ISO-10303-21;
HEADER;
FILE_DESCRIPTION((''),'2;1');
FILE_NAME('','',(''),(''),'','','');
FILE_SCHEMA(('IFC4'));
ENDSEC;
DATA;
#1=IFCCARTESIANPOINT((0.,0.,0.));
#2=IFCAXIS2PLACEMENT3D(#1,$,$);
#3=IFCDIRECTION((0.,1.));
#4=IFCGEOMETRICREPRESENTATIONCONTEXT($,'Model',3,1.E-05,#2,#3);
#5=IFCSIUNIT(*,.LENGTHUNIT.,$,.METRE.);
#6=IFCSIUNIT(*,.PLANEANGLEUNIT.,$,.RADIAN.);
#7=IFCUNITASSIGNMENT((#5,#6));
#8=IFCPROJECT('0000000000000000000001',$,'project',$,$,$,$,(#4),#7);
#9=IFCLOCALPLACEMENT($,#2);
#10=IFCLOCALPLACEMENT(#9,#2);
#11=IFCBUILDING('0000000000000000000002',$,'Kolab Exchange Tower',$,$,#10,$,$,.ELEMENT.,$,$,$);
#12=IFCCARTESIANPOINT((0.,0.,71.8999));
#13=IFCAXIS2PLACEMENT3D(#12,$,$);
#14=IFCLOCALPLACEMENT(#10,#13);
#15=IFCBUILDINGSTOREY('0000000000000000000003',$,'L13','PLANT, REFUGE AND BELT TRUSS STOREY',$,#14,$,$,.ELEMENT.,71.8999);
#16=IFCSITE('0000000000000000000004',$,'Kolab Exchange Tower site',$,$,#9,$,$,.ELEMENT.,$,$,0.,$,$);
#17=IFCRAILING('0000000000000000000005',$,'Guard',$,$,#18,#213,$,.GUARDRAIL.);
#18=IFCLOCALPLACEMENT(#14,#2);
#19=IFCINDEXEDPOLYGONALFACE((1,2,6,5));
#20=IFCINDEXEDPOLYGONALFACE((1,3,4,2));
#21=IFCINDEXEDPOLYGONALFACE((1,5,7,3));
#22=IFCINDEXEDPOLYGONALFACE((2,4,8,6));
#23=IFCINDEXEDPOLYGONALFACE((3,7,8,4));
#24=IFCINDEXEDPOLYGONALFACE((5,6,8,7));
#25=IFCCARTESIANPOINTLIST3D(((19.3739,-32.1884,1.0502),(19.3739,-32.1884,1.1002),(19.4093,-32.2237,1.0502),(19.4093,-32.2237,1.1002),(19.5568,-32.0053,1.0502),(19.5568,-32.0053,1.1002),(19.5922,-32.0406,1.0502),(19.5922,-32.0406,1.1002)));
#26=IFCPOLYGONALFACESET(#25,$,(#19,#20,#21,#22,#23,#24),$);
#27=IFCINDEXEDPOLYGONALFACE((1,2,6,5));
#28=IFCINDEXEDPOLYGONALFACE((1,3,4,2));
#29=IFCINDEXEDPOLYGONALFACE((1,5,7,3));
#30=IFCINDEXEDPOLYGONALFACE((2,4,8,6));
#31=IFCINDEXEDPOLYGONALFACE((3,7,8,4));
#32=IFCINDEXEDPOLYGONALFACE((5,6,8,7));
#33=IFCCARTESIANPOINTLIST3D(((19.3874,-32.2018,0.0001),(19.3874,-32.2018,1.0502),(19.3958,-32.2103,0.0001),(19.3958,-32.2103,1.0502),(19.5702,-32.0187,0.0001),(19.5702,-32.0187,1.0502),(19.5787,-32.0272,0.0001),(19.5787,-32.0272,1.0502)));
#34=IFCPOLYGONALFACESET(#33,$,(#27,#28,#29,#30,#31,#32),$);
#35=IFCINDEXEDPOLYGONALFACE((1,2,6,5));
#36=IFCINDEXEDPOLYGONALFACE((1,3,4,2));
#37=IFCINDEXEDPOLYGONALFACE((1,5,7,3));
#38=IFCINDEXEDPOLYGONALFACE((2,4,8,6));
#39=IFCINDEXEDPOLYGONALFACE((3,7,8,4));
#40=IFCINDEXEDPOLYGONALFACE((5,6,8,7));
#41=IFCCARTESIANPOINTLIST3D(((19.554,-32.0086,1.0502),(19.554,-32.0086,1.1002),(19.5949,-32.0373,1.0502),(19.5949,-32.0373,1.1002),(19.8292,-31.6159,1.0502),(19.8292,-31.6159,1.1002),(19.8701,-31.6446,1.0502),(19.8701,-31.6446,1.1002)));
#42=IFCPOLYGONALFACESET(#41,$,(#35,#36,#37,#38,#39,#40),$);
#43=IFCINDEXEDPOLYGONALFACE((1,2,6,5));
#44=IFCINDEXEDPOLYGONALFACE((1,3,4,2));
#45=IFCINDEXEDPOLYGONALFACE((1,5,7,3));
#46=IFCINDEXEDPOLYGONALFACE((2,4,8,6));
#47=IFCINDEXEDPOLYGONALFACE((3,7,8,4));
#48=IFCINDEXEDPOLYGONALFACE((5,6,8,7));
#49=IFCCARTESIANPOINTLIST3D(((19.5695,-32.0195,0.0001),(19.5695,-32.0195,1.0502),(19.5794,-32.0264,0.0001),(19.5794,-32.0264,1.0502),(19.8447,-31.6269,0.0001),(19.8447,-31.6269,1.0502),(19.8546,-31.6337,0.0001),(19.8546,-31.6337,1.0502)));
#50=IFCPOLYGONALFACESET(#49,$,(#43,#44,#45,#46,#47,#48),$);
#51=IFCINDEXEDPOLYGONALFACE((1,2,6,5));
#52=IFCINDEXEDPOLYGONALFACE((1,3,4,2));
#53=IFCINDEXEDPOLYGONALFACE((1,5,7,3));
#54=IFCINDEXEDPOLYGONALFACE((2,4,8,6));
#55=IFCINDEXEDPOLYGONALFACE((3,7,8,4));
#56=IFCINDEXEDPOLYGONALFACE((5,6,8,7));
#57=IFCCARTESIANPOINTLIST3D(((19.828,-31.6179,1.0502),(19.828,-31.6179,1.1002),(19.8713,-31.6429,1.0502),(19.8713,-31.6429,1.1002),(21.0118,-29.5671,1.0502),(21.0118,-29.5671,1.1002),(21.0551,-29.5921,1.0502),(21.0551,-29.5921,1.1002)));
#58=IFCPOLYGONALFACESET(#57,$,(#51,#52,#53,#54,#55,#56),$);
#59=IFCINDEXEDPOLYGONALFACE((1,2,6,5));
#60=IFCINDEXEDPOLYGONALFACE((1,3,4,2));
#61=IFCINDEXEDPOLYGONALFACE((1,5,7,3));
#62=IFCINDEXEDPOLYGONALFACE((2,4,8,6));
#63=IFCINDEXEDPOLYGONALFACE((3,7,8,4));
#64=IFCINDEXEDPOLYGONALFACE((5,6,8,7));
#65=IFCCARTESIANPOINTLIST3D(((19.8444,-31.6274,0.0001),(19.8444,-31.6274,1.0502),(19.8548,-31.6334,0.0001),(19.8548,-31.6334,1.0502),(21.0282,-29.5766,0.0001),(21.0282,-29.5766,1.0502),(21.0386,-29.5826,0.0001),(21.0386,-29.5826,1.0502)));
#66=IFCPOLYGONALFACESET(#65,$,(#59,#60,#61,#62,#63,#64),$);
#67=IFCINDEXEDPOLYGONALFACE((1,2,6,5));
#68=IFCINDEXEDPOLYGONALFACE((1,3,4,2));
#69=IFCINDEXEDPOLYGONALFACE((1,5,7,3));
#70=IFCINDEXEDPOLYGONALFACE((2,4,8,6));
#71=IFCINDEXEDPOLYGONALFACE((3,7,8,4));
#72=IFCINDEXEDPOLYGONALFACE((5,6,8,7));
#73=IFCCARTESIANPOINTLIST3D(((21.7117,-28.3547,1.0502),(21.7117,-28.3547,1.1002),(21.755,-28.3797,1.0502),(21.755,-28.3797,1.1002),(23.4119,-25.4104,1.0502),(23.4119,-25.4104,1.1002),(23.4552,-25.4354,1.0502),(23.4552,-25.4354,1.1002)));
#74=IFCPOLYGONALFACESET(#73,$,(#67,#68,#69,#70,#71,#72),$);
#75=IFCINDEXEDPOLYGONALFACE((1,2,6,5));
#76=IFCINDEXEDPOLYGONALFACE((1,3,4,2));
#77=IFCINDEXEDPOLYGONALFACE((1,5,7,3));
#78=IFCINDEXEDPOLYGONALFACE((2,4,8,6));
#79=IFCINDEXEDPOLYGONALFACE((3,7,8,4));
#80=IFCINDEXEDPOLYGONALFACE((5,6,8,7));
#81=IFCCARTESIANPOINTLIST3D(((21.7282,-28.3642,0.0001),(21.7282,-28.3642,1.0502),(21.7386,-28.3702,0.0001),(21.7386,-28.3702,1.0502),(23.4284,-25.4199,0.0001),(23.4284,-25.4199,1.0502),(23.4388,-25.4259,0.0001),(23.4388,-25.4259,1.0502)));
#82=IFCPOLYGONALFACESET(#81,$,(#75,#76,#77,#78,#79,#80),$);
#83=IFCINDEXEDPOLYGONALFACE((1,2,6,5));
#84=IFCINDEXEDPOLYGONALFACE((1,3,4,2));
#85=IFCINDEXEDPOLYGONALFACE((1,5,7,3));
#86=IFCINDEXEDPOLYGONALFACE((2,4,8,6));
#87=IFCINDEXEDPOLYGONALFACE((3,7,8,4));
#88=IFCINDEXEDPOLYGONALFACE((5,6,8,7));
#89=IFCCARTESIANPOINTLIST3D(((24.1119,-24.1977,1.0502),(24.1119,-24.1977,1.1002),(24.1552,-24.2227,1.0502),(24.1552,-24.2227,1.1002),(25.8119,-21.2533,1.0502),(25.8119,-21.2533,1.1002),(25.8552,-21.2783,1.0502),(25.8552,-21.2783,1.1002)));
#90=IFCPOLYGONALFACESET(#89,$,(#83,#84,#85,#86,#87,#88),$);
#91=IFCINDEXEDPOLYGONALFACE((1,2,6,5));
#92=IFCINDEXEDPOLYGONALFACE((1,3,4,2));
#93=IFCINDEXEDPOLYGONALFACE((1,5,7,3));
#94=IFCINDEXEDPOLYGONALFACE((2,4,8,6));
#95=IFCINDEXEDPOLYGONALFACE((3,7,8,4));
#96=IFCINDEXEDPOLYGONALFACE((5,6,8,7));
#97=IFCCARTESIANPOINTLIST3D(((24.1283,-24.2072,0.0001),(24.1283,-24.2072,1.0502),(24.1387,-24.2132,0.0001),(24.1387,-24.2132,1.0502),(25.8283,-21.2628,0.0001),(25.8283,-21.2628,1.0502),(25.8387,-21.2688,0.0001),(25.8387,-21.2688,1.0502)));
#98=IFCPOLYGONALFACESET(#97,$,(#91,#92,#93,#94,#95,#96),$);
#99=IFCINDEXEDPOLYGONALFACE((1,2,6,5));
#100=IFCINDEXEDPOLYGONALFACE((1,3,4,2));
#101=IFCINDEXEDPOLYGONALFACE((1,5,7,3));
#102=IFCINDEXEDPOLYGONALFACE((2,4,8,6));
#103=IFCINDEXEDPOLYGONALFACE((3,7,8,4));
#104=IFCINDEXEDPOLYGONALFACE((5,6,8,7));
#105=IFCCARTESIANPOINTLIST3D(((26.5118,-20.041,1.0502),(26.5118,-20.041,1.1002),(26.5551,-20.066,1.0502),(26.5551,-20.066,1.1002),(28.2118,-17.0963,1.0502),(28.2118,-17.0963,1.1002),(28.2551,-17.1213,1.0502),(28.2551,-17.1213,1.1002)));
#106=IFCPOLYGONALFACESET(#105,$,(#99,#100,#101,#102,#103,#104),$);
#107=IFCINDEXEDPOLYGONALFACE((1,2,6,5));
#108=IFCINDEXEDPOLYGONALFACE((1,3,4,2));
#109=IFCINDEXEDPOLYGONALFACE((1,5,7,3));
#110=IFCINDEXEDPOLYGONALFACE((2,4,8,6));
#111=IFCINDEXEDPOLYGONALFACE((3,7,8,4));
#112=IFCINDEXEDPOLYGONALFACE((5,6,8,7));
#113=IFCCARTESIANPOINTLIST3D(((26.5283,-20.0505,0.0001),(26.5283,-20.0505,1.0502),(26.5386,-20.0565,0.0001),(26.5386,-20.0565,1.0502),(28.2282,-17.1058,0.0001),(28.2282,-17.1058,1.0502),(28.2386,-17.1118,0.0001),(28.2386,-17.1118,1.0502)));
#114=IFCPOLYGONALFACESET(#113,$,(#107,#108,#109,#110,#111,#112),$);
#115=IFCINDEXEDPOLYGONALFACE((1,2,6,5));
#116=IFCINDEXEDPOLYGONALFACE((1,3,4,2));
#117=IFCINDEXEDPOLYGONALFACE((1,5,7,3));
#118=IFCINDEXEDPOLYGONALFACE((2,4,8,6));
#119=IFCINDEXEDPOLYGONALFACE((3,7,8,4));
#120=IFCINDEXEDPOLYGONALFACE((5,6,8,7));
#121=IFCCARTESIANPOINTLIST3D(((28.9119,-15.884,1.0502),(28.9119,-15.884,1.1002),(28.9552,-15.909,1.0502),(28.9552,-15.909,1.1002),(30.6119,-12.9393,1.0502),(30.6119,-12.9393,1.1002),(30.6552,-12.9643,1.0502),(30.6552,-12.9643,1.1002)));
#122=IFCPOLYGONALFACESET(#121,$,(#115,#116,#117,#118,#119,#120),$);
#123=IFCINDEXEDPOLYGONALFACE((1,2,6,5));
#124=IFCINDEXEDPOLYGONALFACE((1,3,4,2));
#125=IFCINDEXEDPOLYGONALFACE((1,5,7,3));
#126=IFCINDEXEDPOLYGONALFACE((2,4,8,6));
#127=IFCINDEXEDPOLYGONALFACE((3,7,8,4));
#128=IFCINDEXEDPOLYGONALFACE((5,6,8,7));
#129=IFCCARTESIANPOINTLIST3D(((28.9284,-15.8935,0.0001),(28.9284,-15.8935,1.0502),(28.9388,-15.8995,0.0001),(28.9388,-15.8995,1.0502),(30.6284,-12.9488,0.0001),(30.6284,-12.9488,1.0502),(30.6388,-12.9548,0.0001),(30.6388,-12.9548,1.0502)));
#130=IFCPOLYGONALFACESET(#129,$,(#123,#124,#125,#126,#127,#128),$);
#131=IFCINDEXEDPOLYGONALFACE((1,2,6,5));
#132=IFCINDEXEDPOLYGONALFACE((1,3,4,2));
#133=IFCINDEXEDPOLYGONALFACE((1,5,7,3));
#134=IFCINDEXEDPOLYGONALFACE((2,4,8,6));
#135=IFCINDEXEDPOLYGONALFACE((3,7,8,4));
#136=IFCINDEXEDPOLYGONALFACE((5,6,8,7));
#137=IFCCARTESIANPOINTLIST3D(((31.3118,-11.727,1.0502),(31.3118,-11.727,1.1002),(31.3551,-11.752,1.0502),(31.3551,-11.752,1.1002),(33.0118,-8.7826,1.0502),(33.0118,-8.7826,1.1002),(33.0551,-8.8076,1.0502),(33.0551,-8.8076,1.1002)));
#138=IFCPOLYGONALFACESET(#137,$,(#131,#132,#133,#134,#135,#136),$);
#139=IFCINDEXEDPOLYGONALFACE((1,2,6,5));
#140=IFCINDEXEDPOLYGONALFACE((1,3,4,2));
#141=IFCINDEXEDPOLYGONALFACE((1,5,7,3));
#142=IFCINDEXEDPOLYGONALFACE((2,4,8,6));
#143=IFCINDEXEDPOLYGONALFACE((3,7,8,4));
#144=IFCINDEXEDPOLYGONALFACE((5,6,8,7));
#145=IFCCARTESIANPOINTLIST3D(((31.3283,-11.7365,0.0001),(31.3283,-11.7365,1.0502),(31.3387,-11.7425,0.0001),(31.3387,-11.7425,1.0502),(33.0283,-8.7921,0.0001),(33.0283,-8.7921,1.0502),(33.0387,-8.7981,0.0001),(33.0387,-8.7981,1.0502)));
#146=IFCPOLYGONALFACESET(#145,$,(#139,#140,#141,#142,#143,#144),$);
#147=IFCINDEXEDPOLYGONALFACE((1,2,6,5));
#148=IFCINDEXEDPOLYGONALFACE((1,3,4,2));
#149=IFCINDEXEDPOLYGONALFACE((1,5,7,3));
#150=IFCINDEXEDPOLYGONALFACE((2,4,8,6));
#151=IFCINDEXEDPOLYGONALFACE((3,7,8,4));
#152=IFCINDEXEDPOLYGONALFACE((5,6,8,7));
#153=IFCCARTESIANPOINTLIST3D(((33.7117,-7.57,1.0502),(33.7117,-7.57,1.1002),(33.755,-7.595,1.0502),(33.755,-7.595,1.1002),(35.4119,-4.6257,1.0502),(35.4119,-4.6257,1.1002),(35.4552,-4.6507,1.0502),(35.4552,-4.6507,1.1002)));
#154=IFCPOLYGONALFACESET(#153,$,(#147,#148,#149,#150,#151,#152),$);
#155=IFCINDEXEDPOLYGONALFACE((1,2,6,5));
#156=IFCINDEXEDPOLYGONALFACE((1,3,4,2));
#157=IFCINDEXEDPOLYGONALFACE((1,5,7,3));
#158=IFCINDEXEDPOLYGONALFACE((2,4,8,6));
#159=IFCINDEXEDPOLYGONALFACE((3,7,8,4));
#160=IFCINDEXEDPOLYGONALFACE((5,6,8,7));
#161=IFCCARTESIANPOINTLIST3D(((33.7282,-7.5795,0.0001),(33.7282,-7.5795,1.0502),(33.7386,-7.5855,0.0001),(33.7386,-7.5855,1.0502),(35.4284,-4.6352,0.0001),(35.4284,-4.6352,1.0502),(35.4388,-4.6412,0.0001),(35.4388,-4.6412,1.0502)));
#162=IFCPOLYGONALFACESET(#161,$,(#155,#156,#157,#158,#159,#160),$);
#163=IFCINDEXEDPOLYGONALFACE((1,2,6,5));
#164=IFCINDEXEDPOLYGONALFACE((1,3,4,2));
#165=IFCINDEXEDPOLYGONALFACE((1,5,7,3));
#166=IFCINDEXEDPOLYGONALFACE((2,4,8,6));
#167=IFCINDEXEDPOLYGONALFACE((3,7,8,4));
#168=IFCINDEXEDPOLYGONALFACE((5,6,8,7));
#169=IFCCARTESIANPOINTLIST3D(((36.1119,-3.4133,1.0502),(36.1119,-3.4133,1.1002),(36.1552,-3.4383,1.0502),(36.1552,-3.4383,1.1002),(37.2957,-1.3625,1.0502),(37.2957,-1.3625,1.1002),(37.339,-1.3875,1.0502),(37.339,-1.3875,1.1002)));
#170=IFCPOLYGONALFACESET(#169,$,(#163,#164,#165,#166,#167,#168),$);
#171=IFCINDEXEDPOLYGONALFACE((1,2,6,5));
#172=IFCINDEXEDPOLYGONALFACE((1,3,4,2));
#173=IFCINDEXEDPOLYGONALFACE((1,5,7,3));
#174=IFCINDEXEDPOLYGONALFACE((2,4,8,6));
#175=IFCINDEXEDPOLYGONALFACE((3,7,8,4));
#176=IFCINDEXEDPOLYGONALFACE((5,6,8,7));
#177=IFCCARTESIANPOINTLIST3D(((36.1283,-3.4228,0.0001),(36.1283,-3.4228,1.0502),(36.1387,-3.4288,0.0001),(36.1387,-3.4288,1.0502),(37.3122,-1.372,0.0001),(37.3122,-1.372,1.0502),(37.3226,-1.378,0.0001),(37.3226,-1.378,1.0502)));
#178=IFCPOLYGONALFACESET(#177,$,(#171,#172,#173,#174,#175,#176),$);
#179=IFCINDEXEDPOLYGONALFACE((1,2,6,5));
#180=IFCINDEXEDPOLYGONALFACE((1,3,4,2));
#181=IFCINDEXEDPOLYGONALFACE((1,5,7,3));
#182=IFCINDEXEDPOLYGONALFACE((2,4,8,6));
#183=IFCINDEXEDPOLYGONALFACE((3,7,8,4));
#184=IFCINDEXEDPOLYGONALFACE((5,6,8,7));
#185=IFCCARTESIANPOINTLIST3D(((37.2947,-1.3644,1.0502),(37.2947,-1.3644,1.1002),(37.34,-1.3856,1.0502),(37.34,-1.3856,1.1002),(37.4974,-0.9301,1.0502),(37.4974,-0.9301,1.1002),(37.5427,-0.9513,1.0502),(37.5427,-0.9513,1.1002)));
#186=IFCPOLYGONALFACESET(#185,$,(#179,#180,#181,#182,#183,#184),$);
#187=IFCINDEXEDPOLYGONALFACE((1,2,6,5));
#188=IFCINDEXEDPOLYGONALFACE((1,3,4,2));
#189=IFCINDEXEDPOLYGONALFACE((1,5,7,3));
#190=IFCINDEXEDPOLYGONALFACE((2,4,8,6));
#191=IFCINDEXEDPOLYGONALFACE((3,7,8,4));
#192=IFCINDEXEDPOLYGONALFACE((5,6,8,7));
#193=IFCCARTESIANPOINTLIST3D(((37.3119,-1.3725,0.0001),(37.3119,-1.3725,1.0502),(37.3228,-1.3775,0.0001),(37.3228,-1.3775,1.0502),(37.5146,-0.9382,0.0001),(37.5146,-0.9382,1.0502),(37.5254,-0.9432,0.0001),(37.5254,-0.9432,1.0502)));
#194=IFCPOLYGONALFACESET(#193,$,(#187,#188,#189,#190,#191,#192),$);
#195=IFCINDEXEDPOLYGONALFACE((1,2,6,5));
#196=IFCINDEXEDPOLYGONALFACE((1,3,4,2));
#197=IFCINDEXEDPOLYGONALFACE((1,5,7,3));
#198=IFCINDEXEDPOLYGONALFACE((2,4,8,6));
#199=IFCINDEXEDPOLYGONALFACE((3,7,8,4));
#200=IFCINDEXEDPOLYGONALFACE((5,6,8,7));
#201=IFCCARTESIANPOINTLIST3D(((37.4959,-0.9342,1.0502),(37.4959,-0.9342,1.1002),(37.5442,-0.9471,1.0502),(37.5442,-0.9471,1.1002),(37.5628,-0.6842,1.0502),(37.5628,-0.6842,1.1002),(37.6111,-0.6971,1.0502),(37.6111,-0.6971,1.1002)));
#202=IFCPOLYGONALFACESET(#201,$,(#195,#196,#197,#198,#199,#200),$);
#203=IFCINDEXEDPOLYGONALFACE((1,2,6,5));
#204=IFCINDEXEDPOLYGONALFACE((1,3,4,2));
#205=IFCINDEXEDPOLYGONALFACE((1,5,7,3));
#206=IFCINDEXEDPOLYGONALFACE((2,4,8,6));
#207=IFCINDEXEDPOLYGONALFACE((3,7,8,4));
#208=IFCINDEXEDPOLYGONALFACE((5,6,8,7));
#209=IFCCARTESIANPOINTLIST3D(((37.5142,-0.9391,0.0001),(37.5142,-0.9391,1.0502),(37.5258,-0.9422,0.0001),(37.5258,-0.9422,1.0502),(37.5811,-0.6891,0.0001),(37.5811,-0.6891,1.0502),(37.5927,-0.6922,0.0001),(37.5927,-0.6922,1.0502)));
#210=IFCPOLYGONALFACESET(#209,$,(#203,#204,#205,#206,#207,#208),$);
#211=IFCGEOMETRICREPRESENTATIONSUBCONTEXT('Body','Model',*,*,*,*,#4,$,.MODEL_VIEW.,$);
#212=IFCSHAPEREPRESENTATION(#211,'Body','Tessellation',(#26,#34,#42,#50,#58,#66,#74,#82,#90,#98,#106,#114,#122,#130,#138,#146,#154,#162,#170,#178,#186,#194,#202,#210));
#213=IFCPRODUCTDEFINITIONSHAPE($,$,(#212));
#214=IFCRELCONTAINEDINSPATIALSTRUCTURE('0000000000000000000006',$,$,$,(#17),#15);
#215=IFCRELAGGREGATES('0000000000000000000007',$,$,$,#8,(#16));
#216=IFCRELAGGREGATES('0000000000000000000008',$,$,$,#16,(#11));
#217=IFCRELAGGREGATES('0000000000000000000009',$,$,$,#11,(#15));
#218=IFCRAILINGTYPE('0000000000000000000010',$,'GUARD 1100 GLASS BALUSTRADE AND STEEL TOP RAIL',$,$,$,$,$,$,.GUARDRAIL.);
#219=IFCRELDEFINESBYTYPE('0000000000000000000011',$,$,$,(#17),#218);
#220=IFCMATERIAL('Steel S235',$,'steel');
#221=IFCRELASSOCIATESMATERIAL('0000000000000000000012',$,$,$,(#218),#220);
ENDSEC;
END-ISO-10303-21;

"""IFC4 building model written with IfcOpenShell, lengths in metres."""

from ifc_helpers import new_model, si_unit, direction, frame, frame_2d, origin, origin_2d, place, context, subcontext, project, spatial, rectangle, extrude, material, type_object, element, save


model = new_model("IFC4")

# Units and contexts
model_context = context("Model", 3, precision=1e-05, world=origin(), true_north=direction((0.0, 1.0)))
body_context = subcontext(model_context, "Body", "Model", "MODEL_VIEW")
ifc_project = project(units=[si_unit("LENGTHUNIT", "METRE"), si_unit("PLANEANGLEUNIT", "RADIAN")], contexts=[model_context])

# Site, building, storey
site_placement = place(None, origin())
site = spatial("IfcSite", under=ifc_project, at=site_placement, Name="Kolab Exchange Tower site", CompositionType="ELEMENT", RefElevation=0.0)
building_placement = place(site_placement, origin())
building = spatial("IfcBuilding", under=site, at=building_placement, Name="Kolab Exchange Tower", CompositionType="ELEMENT")
storey_placement = place(building_placement, frame((0.0, 0.0, 71.8999)))
storey = spatial("IfcBuildingStorey", under=building, at=storey_placement, Name="L13", Description="PLANT, REFUGE AND BELT TRUSS STOREY", CompositionType="ELEMENT", Elevation=71.8999)

# Railing
ifc_material_1 = material(Name="Steel S235", Category="steel")
railing_type = type_object("IfcRailingType", Name="GUARD 1100 GLASS BALUSTRADE AND STEEL TOP RAIL", PredefinedType="GUARDRAIL", material=ifc_material_1)
railing_1_placement = place(storey_placement, frame((19.3916, -32.2061, 0.0)))
element("IfcRailing", 1, at=railing_1_placement, inside=storey, type_object=railing_type, Name="Guard", PredefinedType="GUARDRAIL", context=body_context, shape_type="SweptSolid", body=[
    extrude(rectangle(XDim=0.05, YDim=0.05, at=origin_2d()), frame((0.0, 0.0, 1.0752), z_axis=(0.706635, 0.707578, 0.0), x_axis=(-0.707578, 0.706635, 0.0)), (0.0, 0.0, 1.0), 0.2588),
    extrude(rectangle(XDim=0.012, YDim=1.0501, at=frame_2d((0.0, 0.5251))), frame((0.0, 0.0, 0.0), z_axis=(0.706635, 0.707578, 0.0), x_axis=(-0.707578, 0.706635, 0.0)), (0.0, 0.0, 1.0), 0.2588),
    extrude(rectangle(XDim=0.05, YDim=0.05, at=origin_2d()), frame((0.1829, 0.1831, 1.0752), z_axis=(0.573941, 0.818897, 0.0), x_axis=(-0.818897, 0.573941, 0.0)), (0.0, 0.0, 1.0), 0.4795),
    extrude(rectangle(XDim=0.012, YDim=1.0501, at=frame_2d((0.0, 0.5251))), frame((0.1829, 0.1831, 0.0), z_axis=(0.573941, 0.818897, 0.0), x_axis=(-0.818897, 0.573941, 0.0)), (0.0, 0.0, 1.0), 0.4795),
    extrude(rectangle(XDim=0.05, YDim=0.05, at=origin_2d()), frame((0.458, 0.5757, 1.0752), z_axis=(0.499943, 0.866059, 0.0), x_axis=(-0.866059, 0.499943, 0.0)), (0.0, 0.0, 1.0), 2.3679),
    extrude(rectangle(XDim=0.012, YDim=1.0501, at=frame_2d((0.0, 0.5251))), frame((0.458, 0.5757, 0.0), z_axis=(0.499943, 0.866059, 0.0), x_axis=(-0.866059, 0.499943, 0.0)), (0.0, 0.0, 1.0), 2.3679),
    extrude(rectangle(XDim=0.05, YDim=0.05, at=origin_2d()), frame((2.3418, 3.8389, 1.0752), z_axis=(0.500062, 0.865989, 0.0), x_axis=(-0.865989, 0.500062, 0.0)), (0.0, 0.0, 1.0), 3.3999),
    extrude(rectangle(XDim=0.012, YDim=1.0501, at=frame_2d((0.0, 0.5251))), frame((2.3418, 3.8389, 0.0), z_axis=(0.500062, 0.865989, 0.0), x_axis=(-0.865989, 0.500062, 0.0)), (0.0, 0.0, 1.0), 3.3999),
    extrude(rectangle(XDim=0.05, YDim=0.05, at=origin_2d()), frame((4.7419, 7.9958, 1.0752), z_axis=(0.500008, 0.866021, 0.0), x_axis=(-0.866021, 0.500008, 0.0)), (0.0, 0.0, 1.0), 3.3999),
    extrude(rectangle(XDim=0.012, YDim=1.0501, at=frame_2d((0.0, 0.5251))), frame((4.7419, 7.9958, 0.0), z_axis=(0.500008, 0.866021, 0.0), x_axis=(-0.866021, 0.500008, 0.0)), (0.0, 0.0, 1.0), 3.3999),
    extrude(rectangle(XDim=0.05, YDim=0.05, at=origin_2d()), frame((7.1418, 12.1526, 1.0752), z_axis=(0.499977, 0.866039, 0.0), x_axis=(-0.866039, 0.499977, 0.0)), (0.0, 0.0, 1.0), 3.4001),
    extrude(rectangle(XDim=0.012, YDim=1.0501, at=frame_2d((0.0, 0.5251))), frame((7.1418, 12.1526, 0.0), z_axis=(0.499977, 0.866039, 0.0), x_axis=(-0.866039, 0.499977, 0.0)), (0.0, 0.0, 1.0), 3.4001),
    extrude(rectangle(XDim=0.05, YDim=0.05, at=origin_2d()), frame((9.542, 16.3096, 1.0752), z_axis=(0.499977, 0.866039, 0.0), x_axis=(-0.866039, 0.499977, 0.0)), (0.0, 0.0, 1.0), 3.4001),
    extrude(rectangle(XDim=0.012, YDim=1.0501, at=frame_2d((0.0, 0.5251))), frame((9.542, 16.3096, 0.0), z_axis=(0.499977, 0.866039, 0.0), x_axis=(-0.866039, 0.499977, 0.0)), (0.0, 0.0, 1.0), 3.4001),
    extrude(rectangle(XDim=0.05, YDim=0.05, at=origin_2d()), frame((11.9419, 20.4666, 1.0752), z_axis=(0.500008, 0.866021, 0.0), x_axis=(-0.866021, 0.500008, 0.0)), (0.0, 0.0, 1.0), 3.3999),
    extrude(rectangle(XDim=0.012, YDim=1.0501, at=frame_2d((0.0, 0.5251))), frame((11.9419, 20.4666, 0.0), z_axis=(0.500008, 0.866021, 0.0), x_axis=(-0.866021, 0.500008, 0.0)), (0.0, 0.0, 1.0), 3.3999),
    extrude(rectangle(XDim=0.05, YDim=0.05, at=origin_2d()), frame((14.3418, 24.6235, 1.0752), z_axis=(0.500062, 0.865989, 0.0), x_axis=(-0.865989, 0.500062, 0.0)), (0.0, 0.0, 1.0), 3.3999),
    extrude(rectangle(XDim=0.012, YDim=1.0501, at=frame_2d((0.0, 0.5251))), frame((14.3418, 24.6235, 0.0), z_axis=(0.500062, 0.865989, 0.0), x_axis=(-0.865989, 0.500062, 0.0)), (0.0, 0.0, 1.0), 3.3999),
    extrude(rectangle(XDim=0.05, YDim=0.05, at=origin_2d()), frame((16.7419, 28.7803, 1.0752), z_axis=(0.499943, 0.866059, 0.0), x_axis=(-0.866059, 0.499943, 0.0)), (0.0, 0.0, 1.0), 2.3679),
    extrude(rectangle(XDim=0.012, YDim=1.0501, at=frame_2d((0.0, 0.5251))), frame((16.7419, 28.7803, 0.0), z_axis=(0.499943, 0.866059, 0.0), x_axis=(-0.866059, 0.499943, 0.0)), (0.0, 0.0, 1.0), 2.3679),
    extrude(rectangle(XDim=0.05, YDim=0.05, at=origin_2d()), frame((17.9258, 30.8311, 1.0752), z_axis=(0.422802, 0.906222, 0.0), x_axis=(-0.906222, 0.422802, 0.0)), (0.0, 0.0, 1.0), 0.4792),
    extrude(rectangle(XDim=0.012, YDim=1.0501, at=frame_2d((0.0, 0.5251))), frame((17.9258, 30.8311, 0.0), z_axis=(0.422802, 0.906222, 0.0), x_axis=(-0.906222, 0.422802, 0.0)), (0.0, 0.0, 1.0), 0.4792),
    extrude(rectangle(XDim=0.05, YDim=0.05, at=origin_2d()), frame((18.1284, 31.2654, 1.0752), z_axis=(0.258485, 0.966015, 0.0), x_axis=(-0.966015, 0.258485, 0.0)), (0.0, 0.0, 1.0), 0.2588),
    extrude(rectangle(XDim=0.012, YDim=1.0501, at=frame_2d((0.0, 0.5251))), frame((18.1284, 31.2654, 0.0), z_axis=(0.258485, 0.966015, 0.0), x_axis=(-0.966015, 0.258485, 0.0)), (0.0, 0.0, 1.0), 0.2588),
])

save(model, "model.ifc")
